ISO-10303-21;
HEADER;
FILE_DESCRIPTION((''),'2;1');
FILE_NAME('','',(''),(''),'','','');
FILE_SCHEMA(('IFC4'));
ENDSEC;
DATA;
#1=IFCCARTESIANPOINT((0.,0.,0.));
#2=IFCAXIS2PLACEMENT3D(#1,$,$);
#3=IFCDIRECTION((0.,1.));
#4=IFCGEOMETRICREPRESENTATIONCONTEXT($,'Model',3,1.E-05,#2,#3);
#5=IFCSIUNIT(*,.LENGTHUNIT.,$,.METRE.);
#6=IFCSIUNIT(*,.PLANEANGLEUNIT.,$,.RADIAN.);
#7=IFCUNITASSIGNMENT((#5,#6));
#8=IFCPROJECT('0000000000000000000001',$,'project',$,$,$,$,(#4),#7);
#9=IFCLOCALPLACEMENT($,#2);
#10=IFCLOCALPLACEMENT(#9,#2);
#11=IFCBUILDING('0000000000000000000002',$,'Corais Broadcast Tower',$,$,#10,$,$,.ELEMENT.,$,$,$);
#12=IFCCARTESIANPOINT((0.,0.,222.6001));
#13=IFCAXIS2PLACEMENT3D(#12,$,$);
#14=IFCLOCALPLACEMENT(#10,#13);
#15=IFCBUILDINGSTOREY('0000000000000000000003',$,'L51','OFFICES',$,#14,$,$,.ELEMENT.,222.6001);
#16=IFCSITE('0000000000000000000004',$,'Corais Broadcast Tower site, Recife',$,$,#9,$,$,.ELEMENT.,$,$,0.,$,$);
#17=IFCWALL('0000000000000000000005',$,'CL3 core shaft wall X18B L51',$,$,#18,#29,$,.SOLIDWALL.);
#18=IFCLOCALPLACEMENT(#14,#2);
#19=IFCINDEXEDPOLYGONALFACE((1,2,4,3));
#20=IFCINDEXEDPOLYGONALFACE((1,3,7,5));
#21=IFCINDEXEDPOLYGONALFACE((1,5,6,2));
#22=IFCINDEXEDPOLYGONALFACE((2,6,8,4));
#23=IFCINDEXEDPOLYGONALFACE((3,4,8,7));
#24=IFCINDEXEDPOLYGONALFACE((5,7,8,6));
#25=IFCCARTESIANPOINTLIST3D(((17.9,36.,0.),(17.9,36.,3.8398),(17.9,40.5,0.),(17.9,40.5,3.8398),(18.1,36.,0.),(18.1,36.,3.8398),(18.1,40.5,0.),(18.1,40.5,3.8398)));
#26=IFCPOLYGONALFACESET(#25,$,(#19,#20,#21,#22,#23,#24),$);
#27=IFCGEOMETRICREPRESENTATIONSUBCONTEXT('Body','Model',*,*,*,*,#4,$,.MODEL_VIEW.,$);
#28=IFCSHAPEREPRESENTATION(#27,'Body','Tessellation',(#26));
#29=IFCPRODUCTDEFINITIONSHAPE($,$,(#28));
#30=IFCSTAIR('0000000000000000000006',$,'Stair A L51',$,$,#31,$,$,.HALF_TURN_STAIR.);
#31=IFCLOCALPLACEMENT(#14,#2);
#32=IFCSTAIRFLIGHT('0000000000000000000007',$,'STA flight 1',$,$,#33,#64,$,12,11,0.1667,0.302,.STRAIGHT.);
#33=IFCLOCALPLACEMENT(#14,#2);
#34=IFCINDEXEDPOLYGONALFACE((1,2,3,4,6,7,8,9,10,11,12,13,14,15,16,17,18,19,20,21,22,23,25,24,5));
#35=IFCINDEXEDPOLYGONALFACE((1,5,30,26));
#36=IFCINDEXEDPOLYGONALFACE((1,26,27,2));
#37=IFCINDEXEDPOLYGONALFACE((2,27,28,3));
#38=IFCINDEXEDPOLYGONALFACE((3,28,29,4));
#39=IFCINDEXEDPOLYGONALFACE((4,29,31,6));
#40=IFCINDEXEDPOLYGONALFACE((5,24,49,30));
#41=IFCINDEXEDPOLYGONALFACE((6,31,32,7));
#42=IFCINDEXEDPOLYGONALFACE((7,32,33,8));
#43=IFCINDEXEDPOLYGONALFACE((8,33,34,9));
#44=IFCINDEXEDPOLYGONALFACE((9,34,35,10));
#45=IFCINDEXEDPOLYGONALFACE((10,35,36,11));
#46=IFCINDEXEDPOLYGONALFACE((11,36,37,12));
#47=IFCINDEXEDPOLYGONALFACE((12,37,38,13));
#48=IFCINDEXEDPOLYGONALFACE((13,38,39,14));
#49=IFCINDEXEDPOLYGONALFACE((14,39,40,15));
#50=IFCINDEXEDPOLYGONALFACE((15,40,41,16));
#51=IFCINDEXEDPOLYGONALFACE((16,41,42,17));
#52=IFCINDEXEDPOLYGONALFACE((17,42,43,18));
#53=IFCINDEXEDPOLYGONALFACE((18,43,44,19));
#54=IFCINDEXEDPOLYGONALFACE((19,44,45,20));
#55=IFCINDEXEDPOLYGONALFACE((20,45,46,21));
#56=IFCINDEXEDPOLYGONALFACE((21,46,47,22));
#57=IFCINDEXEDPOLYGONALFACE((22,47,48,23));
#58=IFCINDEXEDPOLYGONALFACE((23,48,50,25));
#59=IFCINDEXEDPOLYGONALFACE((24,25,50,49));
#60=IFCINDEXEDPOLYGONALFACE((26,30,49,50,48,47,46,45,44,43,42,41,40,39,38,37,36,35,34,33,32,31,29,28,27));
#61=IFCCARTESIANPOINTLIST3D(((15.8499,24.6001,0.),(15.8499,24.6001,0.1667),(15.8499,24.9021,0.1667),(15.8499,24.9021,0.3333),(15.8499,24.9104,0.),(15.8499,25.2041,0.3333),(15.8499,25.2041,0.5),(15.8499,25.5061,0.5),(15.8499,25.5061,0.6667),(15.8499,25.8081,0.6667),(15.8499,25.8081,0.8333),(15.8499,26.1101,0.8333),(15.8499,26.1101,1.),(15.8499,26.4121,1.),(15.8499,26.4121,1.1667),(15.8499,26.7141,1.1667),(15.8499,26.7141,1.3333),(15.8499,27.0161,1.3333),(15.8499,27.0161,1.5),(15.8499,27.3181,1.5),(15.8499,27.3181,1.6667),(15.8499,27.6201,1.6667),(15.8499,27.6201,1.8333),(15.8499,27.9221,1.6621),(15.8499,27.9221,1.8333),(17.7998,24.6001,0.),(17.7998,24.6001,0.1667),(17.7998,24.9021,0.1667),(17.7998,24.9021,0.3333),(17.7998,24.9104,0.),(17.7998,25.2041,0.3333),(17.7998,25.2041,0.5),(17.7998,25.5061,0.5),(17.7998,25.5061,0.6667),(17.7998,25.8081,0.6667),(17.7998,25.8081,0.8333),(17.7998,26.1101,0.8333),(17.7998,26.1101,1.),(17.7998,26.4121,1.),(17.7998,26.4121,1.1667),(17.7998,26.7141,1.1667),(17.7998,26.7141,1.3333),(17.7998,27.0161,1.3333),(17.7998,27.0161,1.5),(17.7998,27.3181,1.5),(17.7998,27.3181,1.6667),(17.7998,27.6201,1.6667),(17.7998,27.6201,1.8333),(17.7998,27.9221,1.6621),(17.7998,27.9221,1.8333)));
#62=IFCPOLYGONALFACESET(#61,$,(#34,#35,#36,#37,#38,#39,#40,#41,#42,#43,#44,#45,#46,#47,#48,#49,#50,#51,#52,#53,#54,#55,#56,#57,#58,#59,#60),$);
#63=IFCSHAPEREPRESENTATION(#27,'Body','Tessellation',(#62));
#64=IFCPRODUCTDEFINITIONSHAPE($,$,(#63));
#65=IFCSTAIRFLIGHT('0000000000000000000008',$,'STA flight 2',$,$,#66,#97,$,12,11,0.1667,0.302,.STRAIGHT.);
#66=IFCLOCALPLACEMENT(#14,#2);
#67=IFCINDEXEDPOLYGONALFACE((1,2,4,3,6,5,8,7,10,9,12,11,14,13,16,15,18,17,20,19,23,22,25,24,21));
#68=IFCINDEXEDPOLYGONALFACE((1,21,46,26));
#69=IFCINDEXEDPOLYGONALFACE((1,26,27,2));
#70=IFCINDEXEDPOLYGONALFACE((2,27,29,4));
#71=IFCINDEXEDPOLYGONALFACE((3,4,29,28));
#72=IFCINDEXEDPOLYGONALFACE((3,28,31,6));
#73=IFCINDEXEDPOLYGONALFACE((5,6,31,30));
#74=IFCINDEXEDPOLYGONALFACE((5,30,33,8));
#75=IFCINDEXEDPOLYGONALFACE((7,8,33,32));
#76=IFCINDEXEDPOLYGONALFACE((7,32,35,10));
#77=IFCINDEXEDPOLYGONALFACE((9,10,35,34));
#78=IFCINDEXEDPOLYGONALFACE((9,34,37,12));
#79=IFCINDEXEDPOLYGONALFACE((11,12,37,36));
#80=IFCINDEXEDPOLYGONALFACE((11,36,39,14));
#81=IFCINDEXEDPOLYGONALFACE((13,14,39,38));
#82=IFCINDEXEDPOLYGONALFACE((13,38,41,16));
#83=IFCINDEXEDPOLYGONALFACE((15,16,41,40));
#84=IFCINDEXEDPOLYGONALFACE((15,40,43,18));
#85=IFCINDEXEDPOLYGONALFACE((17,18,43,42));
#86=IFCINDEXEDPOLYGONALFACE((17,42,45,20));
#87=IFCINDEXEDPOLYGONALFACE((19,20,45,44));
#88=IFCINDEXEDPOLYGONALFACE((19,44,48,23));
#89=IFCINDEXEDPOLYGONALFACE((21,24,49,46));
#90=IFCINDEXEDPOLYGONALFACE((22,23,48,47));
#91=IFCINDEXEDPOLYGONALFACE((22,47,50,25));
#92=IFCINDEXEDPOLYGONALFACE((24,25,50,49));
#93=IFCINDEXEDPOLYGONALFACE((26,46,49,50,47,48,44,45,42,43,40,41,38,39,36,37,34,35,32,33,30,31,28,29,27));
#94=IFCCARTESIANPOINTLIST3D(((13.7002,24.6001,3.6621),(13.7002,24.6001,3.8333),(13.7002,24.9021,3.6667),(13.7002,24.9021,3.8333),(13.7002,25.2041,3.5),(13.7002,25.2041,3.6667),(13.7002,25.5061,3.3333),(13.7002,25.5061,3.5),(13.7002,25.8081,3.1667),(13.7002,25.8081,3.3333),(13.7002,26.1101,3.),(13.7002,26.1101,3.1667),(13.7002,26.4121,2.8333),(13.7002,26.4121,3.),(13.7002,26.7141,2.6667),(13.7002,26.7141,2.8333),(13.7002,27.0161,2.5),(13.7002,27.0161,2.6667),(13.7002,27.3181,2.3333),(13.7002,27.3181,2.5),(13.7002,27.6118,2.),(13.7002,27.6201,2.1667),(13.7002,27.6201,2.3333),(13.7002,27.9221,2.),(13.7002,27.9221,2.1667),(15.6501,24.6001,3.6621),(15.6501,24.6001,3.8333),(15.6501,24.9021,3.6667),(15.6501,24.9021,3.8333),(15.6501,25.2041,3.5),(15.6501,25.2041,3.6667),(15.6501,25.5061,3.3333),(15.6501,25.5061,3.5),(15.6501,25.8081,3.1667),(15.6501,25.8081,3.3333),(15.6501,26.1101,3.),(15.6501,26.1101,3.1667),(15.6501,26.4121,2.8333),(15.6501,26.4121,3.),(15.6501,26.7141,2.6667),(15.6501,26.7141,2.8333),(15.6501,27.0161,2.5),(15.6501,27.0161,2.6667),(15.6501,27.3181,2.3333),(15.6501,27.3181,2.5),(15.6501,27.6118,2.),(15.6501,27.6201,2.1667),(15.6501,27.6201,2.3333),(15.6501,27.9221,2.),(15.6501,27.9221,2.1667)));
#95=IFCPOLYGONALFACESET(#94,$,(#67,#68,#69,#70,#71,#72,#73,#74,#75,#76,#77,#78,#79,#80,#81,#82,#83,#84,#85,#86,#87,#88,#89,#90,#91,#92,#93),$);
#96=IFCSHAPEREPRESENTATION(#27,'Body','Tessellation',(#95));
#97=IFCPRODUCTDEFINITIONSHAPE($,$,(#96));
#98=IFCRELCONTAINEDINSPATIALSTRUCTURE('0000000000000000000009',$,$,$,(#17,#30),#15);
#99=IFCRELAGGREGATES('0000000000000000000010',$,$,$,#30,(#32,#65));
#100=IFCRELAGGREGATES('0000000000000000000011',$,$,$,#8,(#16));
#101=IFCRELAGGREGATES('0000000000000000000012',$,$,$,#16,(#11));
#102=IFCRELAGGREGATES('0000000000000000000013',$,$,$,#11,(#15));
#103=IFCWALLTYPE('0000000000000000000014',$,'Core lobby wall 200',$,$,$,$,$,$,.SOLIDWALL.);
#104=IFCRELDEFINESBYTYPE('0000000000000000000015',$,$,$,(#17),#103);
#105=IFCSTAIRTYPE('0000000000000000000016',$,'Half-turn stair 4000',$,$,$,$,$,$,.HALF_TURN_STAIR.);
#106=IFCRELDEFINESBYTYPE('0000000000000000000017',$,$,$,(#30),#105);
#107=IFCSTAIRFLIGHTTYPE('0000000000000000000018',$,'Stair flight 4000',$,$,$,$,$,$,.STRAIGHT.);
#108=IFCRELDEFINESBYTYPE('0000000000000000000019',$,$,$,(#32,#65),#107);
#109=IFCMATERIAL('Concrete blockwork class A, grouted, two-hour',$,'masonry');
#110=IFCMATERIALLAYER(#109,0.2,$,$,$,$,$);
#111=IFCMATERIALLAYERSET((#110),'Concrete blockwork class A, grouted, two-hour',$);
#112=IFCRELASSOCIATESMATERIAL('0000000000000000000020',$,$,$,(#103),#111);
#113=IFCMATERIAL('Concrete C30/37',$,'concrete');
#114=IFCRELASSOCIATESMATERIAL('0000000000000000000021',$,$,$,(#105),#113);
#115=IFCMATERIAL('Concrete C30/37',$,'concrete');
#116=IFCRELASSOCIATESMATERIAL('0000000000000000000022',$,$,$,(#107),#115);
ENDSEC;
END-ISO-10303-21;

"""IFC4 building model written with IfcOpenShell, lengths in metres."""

from ifc_helpers import new_model, si_unit, direction, frame, frame_2d, origin, place, context, subcontext, project, spatial, polyline, rectangle, outline, extrude, material, layer, layer_set, type_object, element, aggregate, save


model = new_model("IFC4")

# Units and contexts
model_context = context("Model", 3, precision=1e-05, world=origin(), true_north=direction((0.0, 1.0)))
body_context = subcontext(model_context, "Body", "Model", "MODEL_VIEW")
ifc_project = project(units=[si_unit("LENGTHUNIT", "METRE"), si_unit("PLANEANGLEUNIT", "RADIAN")], contexts=[model_context])

# Site, building, storey
site_placement = place(None, origin())
site = spatial("IfcSite", under=ifc_project, at=site_placement, Name="Corais Broadcast Tower site, Recife", CompositionType="ELEMENT", RefElevation=0.0)
building_placement = place(site_placement, origin())
building = spatial("IfcBuilding", under=site, at=building_placement, Name="Corais Broadcast Tower", CompositionType="ELEMENT")
storey_placement = place(building_placement, frame((0.0, 0.0, 222.6001)))
storey = spatial("IfcBuildingStorey", under=building, at=storey_placement, Name="L51", Description="OFFICES", CompositionType="ELEMENT", Elevation=222.6001)

# Wall
ifc_material_1 = material(Name="Concrete blockwork class A, grouted, two-hour", Category="masonry")
ifc_layer = layer(ifc_material_1, 0.2)
ifc_layer_set = layer_set([ifc_layer], Name="Concrete blockwork class A, grouted, two-hour")
wall_type = type_object("IfcWallType", Name="Core lobby wall 200", PredefinedType="SOLIDWALL", material=ifc_layer_set)
wall_placement = place(storey_placement, frame((18.0, 36.0, 0.0), z_axis=(0.0, 0.0, 1.0), x_axis=(0.0, 1.0, 0.0)))
element("IfcWall", 1, at=wall_placement, inside=storey, type_object=wall_type, Name="CL3 core shaft wall X18B L51", PredefinedType="SOLIDWALL", context=body_context, shape_type="SweptSolid", body=[
    extrude(rectangle(XDim=4.5, YDim=0.2, at=frame_2d((2.25, 0.0))), origin(), (0.0, 0.0, 1.0), 3.8398),
])

# Stair, stair flights
ifc_material_2 = material(Name="Concrete C30/37", Category="concrete")
stair_type = type_object("IfcStairType", Name="Half-turn stair 4000", PredefinedType="HALF_TURN_STAIR", material=ifc_material_2)
stair_placement = place(storey_placement, origin())
stair = element("IfcStair", 2, at=stair_placement, inside=storey, type_object=stair_type, Name="Stair A L51", PredefinedType="HALF_TURN_STAIR")
ifc_material_3 = material(Name="Concrete C30/37", Category="concrete")
stair_flight_type = type_object("IfcStairFlightType", Name="Stair flight 4000", PredefinedType="STRAIGHT", material=ifc_material_3)
stair_flight_1_placement = place(storey_placement, frame((16.825, 24.6001, 0.0), z_axis=(0.0, 0.0, 1.0), x_axis=(0.0, 1.0, 0.0)))
stair_flight_1 = element("IfcStairFlight", 3, at=stair_flight_1_placement, type_object=stair_flight_type, Name="STA flight 1", NumberOfRisers=12, NumberOfTreads=11, PredefinedType="STRAIGHT", RiserHeight=0.1667, TreadLength=0.302, context=body_context, shape_type="SweptSolid", body=[
    extrude(outline(polyline([(0.0, 0.0), (0.0, 0.1667), (0.302, 0.1667), (0.302, 0.3333), (0.604, 0.3333), (0.604, 0.5), (0.906, 0.5), (0.906, 0.6667), (1.208, 0.6667), (1.208, 0.8333), (1.51, 0.8333), (1.51, 1.0), (1.812, 1.0), (1.812, 1.1667), (2.114, 1.1667), (2.114, 1.3333), (2.416, 1.3333), (2.416, 1.5), (2.718, 1.5), (2.718, 1.6667), (3.02, 1.6667), (3.02, 1.8333), (3.322, 1.8333), (3.322, 2.0), (3.322, 1.6621), (0.3103, 0.0), (0.0, 0.0)])), frame((0.0, 0.9751, 0.0), z_axis=(0.0, -1.0, 0.0), x_axis=(1.0, 0.0, 0.0)), (0.0, 0.0, 1.0), 1.95),
])
stair_flight_2_placement = place(storey_placement, frame((14.675, 27.9221, 2.0), z_axis=(0.0, 0.0, 1.0), x_axis=(0.0, -1.0, 0.0)))
stair_flight_2 = element("IfcStairFlight", 4, at=stair_flight_2_placement, type_object=stair_flight_type, Name="STA flight 2", NumberOfRisers=12, NumberOfTreads=11, PredefinedType="STRAIGHT", RiserHeight=0.1667, TreadLength=0.302, context=body_context, shape_type="SweptSolid", body=[
    extrude(outline(polyline([(0.0, 0.0), (0.0, 0.1667), (0.302, 0.1667), (0.302, 0.3333), (0.604, 0.3333), (0.604, 0.5), (0.906, 0.5), (0.906, 0.6667), (1.208, 0.6667), (1.208, 0.8333), (1.51, 0.8333), (1.51, 1.0), (1.812, 1.0), (1.812, 1.1667), (2.114, 1.1667), (2.114, 1.3333), (2.416, 1.3333), (2.416, 1.5), (2.718, 1.5), (2.718, 1.6667), (3.02, 1.6667), (3.02, 1.8333), (3.322, 1.8333), (3.322, 2.0), (3.322, 1.6621), (0.3103, 0.0), (0.0, 0.0)])), frame((0.0, 0.9751, 0.0), z_axis=(0.0, -1.0, 0.0), x_axis=(1.0, 0.0, 0.0)), (0.0, 0.0, 1.0), 1.95),
])
aggregate(stair, [stair_flight_1, stair_flight_2])

save(model, "model.ifc")
